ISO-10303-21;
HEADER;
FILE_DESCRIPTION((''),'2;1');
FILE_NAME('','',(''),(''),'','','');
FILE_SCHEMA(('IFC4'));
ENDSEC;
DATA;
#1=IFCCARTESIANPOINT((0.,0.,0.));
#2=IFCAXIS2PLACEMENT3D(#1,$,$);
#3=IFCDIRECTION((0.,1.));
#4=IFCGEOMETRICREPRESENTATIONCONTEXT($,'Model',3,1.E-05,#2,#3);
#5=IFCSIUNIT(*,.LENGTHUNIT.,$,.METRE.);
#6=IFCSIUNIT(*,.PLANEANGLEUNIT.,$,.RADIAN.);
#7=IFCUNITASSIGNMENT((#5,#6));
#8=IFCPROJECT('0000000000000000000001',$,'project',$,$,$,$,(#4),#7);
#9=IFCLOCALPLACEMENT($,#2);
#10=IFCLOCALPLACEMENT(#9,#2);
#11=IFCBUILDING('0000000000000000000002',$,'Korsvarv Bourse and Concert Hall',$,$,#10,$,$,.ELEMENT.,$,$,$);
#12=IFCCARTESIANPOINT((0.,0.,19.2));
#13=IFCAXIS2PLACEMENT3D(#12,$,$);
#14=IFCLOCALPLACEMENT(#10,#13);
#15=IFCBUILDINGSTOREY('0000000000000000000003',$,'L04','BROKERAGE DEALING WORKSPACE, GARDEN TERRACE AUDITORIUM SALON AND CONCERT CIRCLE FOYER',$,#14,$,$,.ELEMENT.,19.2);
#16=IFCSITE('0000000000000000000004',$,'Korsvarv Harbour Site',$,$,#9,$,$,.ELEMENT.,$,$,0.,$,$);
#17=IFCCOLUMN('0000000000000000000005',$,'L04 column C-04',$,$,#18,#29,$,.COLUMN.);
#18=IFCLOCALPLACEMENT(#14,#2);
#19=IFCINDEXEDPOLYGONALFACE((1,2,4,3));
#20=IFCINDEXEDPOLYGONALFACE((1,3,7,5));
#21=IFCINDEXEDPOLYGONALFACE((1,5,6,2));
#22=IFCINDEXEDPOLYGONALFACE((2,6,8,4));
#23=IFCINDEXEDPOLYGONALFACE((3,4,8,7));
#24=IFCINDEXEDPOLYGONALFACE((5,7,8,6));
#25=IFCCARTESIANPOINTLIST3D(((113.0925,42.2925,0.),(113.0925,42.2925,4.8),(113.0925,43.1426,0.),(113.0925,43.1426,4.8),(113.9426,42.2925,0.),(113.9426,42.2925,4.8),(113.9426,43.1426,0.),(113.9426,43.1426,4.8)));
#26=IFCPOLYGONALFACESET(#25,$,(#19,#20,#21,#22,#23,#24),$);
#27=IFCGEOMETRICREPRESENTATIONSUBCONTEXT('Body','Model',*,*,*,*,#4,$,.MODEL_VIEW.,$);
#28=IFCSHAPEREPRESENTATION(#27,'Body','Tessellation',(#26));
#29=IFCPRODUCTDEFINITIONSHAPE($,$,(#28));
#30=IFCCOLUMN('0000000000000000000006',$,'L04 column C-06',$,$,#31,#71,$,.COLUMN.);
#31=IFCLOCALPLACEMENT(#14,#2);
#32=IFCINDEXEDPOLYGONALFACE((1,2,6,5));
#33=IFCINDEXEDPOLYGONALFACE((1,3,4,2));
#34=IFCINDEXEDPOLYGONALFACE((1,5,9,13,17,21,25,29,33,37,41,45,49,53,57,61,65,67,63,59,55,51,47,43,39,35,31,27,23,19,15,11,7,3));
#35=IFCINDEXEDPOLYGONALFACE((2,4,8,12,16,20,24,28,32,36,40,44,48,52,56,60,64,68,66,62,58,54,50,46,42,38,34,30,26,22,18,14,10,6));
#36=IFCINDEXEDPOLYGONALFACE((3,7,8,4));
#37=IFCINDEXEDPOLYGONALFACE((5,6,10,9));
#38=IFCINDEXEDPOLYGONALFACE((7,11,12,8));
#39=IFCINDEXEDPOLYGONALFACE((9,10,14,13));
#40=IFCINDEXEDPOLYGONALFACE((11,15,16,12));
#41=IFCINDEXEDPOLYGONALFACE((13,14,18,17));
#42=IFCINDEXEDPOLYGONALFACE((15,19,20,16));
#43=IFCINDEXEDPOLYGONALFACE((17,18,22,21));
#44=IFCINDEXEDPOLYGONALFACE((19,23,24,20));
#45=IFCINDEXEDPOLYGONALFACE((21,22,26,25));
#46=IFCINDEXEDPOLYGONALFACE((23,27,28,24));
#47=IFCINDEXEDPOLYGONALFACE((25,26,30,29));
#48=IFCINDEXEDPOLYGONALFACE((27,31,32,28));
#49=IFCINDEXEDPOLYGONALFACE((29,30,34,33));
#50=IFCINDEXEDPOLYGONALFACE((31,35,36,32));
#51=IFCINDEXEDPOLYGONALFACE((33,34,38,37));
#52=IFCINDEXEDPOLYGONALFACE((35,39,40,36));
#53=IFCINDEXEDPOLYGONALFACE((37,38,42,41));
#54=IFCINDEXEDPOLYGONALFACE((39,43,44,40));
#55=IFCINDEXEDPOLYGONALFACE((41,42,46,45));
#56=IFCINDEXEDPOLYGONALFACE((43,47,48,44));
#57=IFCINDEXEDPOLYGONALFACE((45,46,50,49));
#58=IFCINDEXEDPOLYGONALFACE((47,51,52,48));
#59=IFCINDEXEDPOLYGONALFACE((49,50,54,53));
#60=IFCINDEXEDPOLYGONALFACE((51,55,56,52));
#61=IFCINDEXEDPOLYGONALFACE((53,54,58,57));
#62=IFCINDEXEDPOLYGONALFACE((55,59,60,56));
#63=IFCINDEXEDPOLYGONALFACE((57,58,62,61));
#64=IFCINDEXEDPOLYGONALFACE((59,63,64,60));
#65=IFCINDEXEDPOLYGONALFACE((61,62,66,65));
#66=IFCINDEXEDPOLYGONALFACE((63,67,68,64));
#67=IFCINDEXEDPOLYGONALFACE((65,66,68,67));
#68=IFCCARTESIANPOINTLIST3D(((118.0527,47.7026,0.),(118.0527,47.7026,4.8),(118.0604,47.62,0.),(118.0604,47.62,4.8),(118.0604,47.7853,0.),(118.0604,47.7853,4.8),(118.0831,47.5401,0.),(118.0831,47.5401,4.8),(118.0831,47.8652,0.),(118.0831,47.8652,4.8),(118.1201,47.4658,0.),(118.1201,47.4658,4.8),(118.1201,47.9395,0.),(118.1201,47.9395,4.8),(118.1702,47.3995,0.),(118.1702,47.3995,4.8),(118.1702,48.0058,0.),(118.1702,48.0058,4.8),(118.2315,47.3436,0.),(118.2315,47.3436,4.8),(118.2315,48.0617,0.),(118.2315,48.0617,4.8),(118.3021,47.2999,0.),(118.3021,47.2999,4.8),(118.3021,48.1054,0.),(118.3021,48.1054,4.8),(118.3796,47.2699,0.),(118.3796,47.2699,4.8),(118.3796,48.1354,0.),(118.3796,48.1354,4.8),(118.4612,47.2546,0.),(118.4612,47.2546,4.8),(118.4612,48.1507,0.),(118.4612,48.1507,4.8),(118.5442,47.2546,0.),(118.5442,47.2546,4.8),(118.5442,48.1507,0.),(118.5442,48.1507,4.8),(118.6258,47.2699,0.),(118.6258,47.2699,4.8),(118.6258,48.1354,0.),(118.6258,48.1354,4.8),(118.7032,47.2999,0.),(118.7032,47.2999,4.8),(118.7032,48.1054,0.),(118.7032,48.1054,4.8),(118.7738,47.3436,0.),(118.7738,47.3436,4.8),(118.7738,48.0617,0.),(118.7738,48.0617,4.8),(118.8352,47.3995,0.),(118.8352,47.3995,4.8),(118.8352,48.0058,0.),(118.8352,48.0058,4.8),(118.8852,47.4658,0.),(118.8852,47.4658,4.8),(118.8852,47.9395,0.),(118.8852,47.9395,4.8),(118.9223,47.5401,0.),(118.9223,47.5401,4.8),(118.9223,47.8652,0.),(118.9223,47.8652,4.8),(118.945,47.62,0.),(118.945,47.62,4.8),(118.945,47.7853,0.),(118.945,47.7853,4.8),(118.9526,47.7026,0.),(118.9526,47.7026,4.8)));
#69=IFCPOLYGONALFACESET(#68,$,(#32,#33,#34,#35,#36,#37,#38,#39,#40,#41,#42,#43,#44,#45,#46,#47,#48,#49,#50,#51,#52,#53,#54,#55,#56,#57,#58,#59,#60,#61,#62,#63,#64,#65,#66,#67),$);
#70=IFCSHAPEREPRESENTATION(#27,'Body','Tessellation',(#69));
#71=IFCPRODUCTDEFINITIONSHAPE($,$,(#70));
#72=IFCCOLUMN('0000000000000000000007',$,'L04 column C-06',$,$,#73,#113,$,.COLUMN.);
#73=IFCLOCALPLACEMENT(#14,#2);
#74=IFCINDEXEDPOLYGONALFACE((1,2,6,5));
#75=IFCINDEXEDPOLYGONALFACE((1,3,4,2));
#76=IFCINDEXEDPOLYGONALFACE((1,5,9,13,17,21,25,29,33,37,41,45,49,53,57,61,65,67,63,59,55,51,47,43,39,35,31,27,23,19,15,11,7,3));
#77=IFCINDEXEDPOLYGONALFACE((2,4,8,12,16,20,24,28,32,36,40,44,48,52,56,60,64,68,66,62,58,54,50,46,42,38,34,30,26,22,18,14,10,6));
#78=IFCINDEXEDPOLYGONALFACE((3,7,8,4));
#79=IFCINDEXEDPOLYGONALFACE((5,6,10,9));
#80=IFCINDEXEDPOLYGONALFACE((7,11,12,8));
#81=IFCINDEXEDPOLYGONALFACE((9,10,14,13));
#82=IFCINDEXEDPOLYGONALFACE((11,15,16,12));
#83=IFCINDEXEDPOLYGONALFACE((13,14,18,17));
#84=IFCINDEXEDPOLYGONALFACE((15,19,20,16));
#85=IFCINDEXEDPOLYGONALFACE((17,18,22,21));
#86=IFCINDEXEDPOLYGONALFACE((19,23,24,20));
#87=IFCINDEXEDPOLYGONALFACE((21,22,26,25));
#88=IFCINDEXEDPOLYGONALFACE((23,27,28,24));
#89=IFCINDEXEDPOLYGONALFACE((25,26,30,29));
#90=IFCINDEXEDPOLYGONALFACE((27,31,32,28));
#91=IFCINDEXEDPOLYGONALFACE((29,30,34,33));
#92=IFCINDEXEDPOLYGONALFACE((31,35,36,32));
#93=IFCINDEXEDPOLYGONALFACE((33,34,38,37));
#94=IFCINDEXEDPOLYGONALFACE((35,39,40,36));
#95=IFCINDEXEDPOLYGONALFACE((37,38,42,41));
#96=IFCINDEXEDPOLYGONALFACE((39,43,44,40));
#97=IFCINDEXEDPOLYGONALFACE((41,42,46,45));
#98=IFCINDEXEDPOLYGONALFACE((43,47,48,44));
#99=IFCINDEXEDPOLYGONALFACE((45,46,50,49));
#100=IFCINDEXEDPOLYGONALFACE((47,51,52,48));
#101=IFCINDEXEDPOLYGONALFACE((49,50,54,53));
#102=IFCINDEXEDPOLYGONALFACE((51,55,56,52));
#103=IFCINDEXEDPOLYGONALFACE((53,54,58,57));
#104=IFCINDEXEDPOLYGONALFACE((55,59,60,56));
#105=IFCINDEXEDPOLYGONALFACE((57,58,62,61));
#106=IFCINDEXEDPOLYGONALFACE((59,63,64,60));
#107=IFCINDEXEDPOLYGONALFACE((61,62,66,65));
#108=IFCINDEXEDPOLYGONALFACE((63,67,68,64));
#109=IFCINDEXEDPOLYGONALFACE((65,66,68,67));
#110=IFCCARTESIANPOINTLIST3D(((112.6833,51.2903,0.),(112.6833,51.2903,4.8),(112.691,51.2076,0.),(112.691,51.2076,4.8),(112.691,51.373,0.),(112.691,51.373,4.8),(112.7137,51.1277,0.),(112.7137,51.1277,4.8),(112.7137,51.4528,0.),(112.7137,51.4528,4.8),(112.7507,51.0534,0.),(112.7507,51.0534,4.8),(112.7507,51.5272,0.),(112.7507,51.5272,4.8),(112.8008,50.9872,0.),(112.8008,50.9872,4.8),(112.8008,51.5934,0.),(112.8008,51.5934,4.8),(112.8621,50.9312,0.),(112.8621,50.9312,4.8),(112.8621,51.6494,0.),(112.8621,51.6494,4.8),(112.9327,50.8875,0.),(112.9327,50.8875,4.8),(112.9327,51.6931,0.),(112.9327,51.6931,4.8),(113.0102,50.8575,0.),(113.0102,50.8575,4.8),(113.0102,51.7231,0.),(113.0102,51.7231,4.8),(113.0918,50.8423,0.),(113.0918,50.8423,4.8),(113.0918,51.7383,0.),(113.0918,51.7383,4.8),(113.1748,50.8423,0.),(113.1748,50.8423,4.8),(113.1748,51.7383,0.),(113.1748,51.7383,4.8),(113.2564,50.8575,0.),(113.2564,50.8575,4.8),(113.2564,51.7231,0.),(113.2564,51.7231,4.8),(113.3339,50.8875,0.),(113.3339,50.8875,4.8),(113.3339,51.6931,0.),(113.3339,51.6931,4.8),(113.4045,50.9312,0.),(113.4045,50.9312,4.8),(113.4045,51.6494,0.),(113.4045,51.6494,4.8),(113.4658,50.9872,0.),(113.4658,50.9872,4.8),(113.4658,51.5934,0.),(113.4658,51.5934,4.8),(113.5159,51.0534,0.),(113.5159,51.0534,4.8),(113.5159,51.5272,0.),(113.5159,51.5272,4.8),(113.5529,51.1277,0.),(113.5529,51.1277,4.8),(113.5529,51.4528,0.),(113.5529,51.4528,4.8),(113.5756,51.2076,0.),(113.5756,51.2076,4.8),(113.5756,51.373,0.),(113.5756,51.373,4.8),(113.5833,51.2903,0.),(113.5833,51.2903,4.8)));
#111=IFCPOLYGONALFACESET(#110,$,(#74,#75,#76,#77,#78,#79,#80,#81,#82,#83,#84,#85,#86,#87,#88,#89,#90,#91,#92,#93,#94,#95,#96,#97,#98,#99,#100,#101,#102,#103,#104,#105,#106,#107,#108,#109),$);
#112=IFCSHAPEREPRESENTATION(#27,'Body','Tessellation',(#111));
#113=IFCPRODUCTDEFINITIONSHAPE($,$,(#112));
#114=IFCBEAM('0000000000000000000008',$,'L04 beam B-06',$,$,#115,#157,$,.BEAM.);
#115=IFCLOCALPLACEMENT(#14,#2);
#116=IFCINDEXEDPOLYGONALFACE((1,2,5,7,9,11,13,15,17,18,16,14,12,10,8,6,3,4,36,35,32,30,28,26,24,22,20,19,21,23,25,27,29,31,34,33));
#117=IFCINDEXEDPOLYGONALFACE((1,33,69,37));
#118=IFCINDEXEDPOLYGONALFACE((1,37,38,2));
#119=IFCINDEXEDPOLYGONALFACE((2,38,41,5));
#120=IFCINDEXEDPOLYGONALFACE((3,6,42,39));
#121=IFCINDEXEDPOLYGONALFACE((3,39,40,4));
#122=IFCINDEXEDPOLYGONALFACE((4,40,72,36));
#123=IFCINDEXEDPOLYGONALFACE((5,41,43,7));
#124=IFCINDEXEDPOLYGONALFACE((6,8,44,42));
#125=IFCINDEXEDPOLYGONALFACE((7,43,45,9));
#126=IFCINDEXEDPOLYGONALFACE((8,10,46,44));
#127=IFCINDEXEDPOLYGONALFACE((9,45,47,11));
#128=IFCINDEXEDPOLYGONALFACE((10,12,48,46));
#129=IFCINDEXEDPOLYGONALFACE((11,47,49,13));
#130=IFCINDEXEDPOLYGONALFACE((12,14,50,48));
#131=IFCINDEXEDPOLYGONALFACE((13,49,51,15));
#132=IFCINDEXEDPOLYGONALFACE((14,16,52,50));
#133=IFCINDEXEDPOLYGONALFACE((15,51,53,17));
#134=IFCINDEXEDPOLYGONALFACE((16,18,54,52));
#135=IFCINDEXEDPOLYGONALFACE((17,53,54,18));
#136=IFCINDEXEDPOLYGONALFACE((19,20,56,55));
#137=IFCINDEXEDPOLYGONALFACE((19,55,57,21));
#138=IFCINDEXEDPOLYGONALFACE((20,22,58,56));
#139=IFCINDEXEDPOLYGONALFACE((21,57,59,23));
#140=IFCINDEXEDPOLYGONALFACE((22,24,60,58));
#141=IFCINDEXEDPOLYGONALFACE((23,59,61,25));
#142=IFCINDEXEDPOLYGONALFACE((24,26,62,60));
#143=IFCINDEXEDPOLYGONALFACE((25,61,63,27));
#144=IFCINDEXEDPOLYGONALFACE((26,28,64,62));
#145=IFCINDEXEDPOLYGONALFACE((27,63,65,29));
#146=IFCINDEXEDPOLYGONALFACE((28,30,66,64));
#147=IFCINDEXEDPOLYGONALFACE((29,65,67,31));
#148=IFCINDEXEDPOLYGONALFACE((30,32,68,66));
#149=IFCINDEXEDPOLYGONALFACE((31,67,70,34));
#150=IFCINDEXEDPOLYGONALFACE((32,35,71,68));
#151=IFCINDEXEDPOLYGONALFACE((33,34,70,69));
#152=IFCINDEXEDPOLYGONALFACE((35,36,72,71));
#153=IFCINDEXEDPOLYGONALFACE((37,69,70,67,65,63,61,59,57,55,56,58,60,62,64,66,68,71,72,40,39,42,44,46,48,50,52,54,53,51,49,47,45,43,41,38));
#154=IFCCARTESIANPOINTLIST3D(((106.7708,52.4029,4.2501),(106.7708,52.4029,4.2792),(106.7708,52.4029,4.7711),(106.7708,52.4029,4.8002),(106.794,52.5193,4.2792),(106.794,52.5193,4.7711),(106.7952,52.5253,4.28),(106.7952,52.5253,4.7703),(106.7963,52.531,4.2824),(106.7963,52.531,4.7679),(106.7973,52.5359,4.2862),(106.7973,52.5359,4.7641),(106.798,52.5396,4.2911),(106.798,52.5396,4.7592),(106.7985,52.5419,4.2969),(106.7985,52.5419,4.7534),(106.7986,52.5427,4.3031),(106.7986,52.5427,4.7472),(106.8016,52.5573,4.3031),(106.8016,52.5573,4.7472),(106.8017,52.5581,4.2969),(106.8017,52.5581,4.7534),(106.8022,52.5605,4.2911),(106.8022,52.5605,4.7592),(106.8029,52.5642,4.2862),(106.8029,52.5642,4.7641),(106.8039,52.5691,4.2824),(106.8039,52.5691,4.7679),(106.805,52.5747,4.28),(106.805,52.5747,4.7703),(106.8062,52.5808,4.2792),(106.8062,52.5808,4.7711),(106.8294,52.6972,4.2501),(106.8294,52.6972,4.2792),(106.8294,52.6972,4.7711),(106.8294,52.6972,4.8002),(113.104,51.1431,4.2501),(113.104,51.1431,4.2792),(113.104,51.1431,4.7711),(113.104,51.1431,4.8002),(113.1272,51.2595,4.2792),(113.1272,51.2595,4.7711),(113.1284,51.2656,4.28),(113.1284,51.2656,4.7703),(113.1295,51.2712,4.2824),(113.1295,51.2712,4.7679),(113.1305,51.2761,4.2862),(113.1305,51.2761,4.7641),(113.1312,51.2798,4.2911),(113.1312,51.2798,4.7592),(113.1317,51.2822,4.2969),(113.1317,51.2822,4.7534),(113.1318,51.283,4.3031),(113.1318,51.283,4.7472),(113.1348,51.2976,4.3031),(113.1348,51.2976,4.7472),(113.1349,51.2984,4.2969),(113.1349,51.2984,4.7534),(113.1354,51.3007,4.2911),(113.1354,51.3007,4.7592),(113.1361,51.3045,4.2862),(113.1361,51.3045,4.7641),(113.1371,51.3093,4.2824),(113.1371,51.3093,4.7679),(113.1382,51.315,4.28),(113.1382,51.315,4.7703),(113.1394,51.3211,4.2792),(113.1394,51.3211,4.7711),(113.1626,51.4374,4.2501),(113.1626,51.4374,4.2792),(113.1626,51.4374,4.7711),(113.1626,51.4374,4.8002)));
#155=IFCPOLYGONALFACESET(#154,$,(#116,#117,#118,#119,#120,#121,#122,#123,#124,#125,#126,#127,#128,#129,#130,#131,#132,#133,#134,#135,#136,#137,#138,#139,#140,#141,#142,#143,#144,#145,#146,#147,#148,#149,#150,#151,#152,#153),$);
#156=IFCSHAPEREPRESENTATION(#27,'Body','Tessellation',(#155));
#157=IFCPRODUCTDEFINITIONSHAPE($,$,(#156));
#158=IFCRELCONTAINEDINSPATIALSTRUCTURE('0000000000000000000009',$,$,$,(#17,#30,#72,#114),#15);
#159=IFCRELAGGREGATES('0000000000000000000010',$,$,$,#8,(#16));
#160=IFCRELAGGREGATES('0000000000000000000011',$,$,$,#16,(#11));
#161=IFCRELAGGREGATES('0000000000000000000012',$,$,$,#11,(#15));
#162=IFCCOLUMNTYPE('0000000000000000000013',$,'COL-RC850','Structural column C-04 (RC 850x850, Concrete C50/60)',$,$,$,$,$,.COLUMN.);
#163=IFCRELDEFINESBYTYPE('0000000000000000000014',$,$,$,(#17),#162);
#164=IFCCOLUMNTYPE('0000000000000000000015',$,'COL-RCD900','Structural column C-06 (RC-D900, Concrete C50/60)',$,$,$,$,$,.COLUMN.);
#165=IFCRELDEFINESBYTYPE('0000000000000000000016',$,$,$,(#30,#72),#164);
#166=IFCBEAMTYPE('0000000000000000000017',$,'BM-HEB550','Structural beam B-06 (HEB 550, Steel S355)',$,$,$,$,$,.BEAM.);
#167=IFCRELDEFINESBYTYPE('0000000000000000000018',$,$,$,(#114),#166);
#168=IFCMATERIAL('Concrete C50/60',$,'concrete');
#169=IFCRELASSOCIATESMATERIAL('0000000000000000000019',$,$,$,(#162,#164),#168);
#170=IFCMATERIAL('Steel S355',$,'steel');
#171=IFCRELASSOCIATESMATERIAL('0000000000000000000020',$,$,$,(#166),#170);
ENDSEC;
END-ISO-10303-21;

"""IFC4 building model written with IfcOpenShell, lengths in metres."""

from ifc_helpers import new_model, si_unit, direction, frame, origin, origin_2d, place, context, subcontext, project, spatial, rectangle, circle, i_section, extrude, source, transform, mapped, material, material_profile, profile_set, type_object, element, save


model = new_model("IFC4")

# Units and contexts
model_context = context("Model", 3, precision=1e-05, world=origin(), true_north=direction((0.0, 1.0)))
body_context = subcontext(model_context, "Body", "Model", "MODEL_VIEW")
ifc_project = project(units=[si_unit("LENGTHUNIT", "METRE"), si_unit("PLANEANGLEUNIT", "RADIAN")], contexts=[model_context])

# Site, building, storey
site_placement = place(None, origin())
site = spatial("IfcSite", under=ifc_project, at=site_placement, Name="Korsvarv Harbour Site", CompositionType="ELEMENT", RefElevation=0.0)
building_placement = place(site_placement, origin())
building = spatial("IfcBuilding", under=site, at=building_placement, Name="Korsvarv Bourse and Concert Hall", CompositionType="ELEMENT")
storey_placement = place(building_placement, frame((0.0, 0.0, 19.2)))
storey = spatial("IfcBuildingStorey", under=building, at=storey_placement, Name="L04", Description="BROKERAGE DEALING WORKSPACE, GARDEN TERRACE AUDITORIUM SALON AND CONCERT CIRCLE FOYER", CompositionType="ELEMENT", Elevation=19.2)

# Columns
ifc_material_1 = material(Name="Concrete C50/60", Category="concrete")
ifc_material_profile_1 = material_profile(ifc_material_1, rectangle(XDim=0.8501, YDim=0.8501, at=origin_2d()), Name="RC 850x850")
ifc_profile_set_1 = profile_set([ifc_material_profile_1], Name="Concrete C50/60")
column_type_1 = type_object("IfcColumnType", Name="COL-RC850", Description="Structural column C-04 (RC 850x850, Concrete C50/60)", PredefinedType="COLUMN", material=ifc_profile_set_1)
shared_shape_1 = source(origin(), body_context, "Body", "SweptSolid", [
    extrude(rectangle(XDim=0.8501, YDim=0.8501, at=origin_2d()), origin(), (0.0, 0.0, 1.0), 4.8),
])
column_placement = place(storey_placement, frame((113.5176, 42.7175, 0.0), z_axis=(0.0, 0.0, 1.0), x_axis=(1.0, 0.0, 0.0)))
element("IfcColumn", 1, at=column_placement, inside=storey, type_object=column_type_1, Name="L04 column C-04", PredefinedType="COLUMN", context=body_context, shape_type="MappedRepresentation", body=[
    mapped(shared_shape_1, transform((0.0, 0.0, 0.0), scale=1.0)),
])
ifc_material_profile_2 = material_profile(ifc_material_1, circle(Radius=0.45, at=origin_2d()), Name="RC-D900")
ifc_profile_set_2 = profile_set([ifc_material_profile_2], Name="Concrete C50/60")
column_type_2 = type_object("IfcColumnType", Name="COL-RCD900", Description="Structural column C-06 (RC-D900, Concrete C50/60)", PredefinedType="COLUMN", material=ifc_profile_set_2)
shared_shape_2 = source(origin(), body_context, "Body", "SweptSolid", [
    extrude(circle(Radius=0.45, at=origin_2d()), origin(), (0.0, 0.0, 1.0), 4.8),
])
for number, where, z_axis, x_axis, name in (
    (2, (118.5027, 47.7026, 0.0), (0.0, 0.0, 1.0), (1.0, 0.0, 0.0), "L04 column C-06"),
    (3, (113.1333, 51.2903, 0.0), (0.0, 0.0, 1.0), (1.0, 0.0, 0.0), "L04 column C-06"),
):
    element("IfcColumn", number, at=place(storey_placement, frame(where, z_axis=z_axis, x_axis=x_axis)), inside=storey, type_object=column_type_2, Name=name, PredefinedType="COLUMN", context=body_context, shape_type="MappedRepresentation", body=[
        mapped(shared_shape_2, transform((0.0, 0.0, 0.0), scale=1.0)),
    ])

# Beam
ifc_material_2 = material(Name="Steel S355", Category="steel")
ifc_material_profile_3 = material_profile(ifc_material_2, i_section(OverallWidth=0.3, OverallDepth=0.55, WebThickness=0.0149, FlangeThickness=0.0291, FilletRadius=0.0239, at=origin_2d()), Name="HEB 550")
ifc_profile_set_3 = profile_set([ifc_material_profile_3], Name="Steel S355")
beam_type_1 = type_object("IfcBeamType", Name="BM-HEB550", Description="Structural beam B-06 (HEB 550, Steel S355)", PredefinedType="BEAM", material=ifc_profile_set_3)
shared_shape_3 = source(origin(), body_context, "Body", "SweptSolid", [
    extrude(i_section(OverallWidth=0.3, OverallDepth=0.55, WebThickness=0.0149, FlangeThickness=0.0291, FilletRadius=0.0239, at=origin_2d()), origin(), (0.0, 0.0, 1.0), 6.4573),
])
beam_1_placement = place(storey_placement, frame((113.1333, 51.2903, 4.5251), z_axis=(-0.980785, 0.195091, 0.0), x_axis=(-0.195091, -0.980785, 0.0)))
element("IfcBeam", 4, at=beam_1_placement, inside=storey, type_object=beam_type_1, Name="L04 beam B-06", PredefinedType="BEAM", context=body_context, shape_type="MappedRepresentation", body=[
    mapped(shared_shape_3, transform((0.0, 0.0, 0.0), scale=1.0)),
])

save(model, "model.ifc")
